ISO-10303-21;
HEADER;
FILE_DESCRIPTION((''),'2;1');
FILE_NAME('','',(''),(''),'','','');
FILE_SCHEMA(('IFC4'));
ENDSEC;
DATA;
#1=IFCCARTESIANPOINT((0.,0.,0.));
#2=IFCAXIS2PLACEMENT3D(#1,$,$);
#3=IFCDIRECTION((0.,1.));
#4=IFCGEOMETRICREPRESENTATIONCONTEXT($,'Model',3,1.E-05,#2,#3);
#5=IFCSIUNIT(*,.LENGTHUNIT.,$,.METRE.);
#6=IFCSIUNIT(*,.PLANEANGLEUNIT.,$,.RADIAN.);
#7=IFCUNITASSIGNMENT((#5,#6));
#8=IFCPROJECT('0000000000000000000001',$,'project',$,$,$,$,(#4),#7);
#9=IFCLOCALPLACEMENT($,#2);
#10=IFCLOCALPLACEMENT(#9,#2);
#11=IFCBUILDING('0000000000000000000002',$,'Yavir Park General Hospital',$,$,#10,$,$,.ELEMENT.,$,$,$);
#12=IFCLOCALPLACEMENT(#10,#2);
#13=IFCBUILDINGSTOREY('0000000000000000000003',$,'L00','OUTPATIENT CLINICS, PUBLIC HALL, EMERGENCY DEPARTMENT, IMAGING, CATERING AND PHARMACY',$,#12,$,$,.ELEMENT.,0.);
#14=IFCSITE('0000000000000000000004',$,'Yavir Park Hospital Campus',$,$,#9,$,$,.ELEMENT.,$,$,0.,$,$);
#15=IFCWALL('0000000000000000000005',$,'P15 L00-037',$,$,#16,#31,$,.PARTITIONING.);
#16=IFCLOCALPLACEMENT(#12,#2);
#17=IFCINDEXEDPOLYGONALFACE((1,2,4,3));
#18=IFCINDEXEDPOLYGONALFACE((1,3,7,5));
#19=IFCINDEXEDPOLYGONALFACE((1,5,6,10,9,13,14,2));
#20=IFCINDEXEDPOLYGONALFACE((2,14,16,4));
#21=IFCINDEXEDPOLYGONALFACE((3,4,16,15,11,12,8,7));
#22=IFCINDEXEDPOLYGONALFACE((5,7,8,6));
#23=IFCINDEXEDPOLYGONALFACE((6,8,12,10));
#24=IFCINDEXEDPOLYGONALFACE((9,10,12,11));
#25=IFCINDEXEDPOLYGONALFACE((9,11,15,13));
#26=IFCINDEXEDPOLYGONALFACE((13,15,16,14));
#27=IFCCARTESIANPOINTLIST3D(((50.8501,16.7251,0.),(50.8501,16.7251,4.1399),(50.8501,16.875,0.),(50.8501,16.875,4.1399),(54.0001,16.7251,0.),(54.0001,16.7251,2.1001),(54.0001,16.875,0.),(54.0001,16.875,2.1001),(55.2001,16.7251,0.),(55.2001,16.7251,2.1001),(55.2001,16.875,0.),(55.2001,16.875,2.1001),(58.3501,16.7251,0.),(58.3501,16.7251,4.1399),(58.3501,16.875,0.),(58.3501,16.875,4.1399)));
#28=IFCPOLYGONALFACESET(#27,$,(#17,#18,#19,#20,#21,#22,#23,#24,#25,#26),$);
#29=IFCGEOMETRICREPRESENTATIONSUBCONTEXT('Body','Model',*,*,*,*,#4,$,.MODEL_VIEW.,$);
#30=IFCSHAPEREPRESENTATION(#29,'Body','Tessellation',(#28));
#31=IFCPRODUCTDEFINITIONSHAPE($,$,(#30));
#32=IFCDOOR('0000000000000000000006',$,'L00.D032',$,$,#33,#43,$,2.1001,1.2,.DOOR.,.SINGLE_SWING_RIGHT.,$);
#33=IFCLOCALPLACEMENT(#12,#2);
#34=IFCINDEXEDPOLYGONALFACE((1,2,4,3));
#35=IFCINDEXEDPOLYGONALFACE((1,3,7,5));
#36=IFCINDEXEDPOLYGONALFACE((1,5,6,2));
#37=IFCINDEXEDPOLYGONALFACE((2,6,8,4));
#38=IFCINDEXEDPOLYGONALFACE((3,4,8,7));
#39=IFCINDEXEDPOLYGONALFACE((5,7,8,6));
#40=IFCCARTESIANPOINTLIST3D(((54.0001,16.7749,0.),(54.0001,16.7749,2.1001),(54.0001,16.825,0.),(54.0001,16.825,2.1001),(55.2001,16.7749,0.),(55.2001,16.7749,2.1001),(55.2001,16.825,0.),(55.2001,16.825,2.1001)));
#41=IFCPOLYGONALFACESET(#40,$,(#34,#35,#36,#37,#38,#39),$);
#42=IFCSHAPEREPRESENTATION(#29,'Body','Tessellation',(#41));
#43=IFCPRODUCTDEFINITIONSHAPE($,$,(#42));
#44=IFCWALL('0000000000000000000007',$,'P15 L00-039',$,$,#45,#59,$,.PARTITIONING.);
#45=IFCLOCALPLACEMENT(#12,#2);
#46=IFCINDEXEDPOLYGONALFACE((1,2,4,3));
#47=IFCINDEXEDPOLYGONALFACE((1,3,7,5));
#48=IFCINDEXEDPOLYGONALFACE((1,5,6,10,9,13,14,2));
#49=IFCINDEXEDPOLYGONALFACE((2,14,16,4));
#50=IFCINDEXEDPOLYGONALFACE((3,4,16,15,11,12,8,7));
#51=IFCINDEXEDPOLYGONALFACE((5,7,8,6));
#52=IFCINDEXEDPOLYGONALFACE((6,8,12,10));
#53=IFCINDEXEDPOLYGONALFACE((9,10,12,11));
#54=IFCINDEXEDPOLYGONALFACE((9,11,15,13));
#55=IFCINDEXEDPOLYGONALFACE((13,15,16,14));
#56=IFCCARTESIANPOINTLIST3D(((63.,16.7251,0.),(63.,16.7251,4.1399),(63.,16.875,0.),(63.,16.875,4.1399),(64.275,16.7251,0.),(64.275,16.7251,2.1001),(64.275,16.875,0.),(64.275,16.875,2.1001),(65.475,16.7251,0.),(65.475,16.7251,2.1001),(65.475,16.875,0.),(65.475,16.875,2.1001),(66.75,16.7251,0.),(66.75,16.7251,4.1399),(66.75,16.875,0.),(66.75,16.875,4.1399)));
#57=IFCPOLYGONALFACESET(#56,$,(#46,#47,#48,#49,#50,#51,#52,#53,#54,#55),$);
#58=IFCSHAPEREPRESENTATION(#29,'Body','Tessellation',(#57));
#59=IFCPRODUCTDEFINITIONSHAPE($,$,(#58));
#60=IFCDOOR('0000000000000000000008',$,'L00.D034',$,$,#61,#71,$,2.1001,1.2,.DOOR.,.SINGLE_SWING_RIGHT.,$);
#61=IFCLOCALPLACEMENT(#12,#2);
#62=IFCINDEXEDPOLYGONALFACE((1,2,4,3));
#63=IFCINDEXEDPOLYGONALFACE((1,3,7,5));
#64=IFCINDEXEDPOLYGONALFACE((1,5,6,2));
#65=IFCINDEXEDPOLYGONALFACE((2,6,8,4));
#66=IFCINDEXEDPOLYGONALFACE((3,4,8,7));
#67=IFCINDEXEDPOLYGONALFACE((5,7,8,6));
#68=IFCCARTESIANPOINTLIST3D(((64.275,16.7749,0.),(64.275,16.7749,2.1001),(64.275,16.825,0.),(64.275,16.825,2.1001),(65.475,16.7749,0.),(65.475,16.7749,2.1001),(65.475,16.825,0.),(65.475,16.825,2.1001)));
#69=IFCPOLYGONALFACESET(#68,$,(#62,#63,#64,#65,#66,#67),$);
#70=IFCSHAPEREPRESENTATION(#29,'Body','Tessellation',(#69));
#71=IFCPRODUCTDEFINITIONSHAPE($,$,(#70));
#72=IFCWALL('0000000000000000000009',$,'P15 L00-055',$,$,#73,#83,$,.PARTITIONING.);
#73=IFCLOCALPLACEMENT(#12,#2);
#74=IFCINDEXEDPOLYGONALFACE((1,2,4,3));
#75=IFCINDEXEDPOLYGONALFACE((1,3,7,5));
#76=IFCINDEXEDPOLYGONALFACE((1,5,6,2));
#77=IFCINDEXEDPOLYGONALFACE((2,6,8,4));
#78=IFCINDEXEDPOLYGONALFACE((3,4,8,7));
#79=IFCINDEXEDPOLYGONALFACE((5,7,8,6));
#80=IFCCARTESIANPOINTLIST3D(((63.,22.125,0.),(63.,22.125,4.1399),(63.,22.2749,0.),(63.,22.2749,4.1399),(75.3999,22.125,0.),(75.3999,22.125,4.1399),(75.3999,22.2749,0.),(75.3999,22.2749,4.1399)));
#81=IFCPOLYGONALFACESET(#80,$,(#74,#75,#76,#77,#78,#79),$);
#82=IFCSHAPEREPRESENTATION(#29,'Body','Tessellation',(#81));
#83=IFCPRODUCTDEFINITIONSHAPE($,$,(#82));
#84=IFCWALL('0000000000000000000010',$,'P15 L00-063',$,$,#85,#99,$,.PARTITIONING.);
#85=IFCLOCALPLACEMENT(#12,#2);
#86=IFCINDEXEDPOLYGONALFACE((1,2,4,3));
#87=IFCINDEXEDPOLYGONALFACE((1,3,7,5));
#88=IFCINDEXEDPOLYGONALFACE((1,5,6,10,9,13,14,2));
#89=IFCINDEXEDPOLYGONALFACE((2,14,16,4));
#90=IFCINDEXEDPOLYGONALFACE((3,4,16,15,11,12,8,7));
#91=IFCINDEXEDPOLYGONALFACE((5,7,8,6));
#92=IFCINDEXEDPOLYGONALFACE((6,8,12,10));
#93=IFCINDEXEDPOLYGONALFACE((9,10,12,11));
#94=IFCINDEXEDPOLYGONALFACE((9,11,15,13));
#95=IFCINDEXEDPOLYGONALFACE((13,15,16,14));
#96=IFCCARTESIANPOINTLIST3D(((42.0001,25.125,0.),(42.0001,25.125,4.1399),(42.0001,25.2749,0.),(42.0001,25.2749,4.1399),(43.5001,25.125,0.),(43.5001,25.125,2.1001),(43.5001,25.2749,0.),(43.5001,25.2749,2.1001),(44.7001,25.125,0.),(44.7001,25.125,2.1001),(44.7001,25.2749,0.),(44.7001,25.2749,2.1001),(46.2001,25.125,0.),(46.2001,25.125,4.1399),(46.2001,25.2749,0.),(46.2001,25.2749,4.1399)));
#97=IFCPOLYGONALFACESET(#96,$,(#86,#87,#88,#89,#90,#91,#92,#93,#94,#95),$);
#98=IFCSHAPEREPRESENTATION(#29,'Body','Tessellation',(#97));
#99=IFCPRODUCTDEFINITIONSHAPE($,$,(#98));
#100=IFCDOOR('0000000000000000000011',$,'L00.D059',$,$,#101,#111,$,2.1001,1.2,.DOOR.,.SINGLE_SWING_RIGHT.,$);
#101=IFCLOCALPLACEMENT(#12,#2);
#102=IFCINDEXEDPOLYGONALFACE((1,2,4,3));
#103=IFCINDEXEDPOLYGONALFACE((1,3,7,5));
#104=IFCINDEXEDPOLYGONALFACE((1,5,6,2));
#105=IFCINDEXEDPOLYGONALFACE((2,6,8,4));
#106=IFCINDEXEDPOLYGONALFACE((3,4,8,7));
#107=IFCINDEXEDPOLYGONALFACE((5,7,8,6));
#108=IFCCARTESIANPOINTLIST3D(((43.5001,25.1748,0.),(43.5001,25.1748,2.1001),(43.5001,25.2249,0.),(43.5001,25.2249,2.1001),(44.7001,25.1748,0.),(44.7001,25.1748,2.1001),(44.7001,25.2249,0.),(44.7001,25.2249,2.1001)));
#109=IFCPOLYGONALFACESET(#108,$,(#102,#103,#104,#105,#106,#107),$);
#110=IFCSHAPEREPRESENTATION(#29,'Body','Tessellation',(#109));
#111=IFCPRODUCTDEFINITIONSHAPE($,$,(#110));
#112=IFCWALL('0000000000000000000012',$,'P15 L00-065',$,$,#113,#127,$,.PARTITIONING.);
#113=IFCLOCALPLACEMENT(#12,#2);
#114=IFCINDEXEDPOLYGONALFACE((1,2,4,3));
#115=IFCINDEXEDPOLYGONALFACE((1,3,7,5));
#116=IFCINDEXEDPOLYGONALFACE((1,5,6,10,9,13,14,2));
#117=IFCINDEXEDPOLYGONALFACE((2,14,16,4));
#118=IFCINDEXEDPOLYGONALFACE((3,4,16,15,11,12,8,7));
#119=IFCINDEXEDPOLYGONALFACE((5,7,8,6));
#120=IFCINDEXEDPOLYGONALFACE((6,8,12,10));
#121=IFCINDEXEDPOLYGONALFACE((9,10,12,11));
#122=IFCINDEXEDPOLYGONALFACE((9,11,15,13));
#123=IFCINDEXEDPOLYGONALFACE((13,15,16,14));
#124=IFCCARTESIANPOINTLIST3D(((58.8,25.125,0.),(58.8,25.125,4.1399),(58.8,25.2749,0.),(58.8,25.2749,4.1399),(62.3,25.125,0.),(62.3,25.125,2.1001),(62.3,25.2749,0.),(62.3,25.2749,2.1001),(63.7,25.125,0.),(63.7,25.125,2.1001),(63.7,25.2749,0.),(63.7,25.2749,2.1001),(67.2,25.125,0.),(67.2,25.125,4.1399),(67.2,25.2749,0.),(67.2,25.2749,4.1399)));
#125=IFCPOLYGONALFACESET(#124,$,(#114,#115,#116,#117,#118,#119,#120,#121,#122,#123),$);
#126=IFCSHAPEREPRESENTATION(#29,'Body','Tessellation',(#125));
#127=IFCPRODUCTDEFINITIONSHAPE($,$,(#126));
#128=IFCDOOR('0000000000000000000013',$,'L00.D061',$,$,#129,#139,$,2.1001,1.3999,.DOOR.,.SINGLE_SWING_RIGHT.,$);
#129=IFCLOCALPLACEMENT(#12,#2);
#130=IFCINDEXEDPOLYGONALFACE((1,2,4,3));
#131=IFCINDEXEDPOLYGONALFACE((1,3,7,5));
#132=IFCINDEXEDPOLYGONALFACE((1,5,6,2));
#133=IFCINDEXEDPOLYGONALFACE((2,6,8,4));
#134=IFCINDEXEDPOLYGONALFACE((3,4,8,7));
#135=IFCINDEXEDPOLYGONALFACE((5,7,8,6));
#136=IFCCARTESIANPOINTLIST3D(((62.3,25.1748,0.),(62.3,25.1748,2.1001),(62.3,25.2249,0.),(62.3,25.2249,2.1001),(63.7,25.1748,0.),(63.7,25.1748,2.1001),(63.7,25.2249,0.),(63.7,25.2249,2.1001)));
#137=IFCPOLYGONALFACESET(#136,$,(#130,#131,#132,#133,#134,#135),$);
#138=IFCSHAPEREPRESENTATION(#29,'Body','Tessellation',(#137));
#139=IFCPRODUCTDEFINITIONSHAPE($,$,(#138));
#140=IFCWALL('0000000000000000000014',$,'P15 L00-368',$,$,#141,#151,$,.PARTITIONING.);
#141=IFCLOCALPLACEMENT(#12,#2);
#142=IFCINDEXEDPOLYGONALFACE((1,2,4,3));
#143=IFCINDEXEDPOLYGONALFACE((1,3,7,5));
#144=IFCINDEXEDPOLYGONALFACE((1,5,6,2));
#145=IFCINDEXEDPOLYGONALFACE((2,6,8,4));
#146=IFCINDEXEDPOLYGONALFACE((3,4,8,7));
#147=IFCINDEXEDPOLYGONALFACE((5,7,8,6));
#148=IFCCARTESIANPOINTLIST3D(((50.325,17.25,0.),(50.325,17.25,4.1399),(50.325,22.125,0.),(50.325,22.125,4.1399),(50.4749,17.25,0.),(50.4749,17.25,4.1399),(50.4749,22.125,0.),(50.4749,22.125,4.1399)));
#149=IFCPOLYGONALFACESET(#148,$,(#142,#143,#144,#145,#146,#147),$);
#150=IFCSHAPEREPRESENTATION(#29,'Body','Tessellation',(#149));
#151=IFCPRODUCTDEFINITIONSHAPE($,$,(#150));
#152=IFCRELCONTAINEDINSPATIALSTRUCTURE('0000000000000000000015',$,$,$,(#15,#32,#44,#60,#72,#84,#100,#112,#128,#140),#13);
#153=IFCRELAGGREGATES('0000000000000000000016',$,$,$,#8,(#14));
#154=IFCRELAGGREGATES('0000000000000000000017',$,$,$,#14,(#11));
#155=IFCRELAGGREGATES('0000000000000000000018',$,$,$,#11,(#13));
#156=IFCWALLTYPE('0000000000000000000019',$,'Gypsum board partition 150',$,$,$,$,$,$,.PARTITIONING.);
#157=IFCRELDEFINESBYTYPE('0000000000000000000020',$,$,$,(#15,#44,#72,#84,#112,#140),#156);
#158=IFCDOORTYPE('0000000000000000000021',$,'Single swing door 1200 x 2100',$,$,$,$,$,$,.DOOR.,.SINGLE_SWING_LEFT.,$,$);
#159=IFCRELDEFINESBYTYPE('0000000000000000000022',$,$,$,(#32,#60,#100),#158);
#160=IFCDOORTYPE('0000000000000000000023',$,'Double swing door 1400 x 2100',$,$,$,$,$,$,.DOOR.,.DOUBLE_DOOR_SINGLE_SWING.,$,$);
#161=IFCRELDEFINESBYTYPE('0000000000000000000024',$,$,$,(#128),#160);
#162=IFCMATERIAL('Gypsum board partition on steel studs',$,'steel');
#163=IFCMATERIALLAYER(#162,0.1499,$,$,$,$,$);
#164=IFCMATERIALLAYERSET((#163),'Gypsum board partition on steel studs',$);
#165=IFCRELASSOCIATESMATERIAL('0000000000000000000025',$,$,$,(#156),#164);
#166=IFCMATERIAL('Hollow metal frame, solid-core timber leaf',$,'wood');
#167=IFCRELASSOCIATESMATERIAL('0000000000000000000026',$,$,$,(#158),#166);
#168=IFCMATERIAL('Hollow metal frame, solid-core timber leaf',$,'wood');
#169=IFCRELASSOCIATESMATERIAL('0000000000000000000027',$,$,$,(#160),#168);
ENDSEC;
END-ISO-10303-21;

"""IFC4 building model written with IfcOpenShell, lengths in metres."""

from ifc_helpers import new_model, si_unit, direction, frame, frame_2d, origin, place, context, subcontext, project, spatial, rectangle, extrude, material, layer, layer_set, type_object, element, fill, save


model = new_model("IFC4")

# Units and contexts
model_context = context("Model", 3, precision=1e-05, world=origin(), true_north=direction((0.0, 1.0)))
body_context = subcontext(model_context, "Body", "Model", "MODEL_VIEW")
ifc_project = project(units=[si_unit("LENGTHUNIT", "METRE"), si_unit("PLANEANGLEUNIT", "RADIAN")], contexts=[model_context])

# Site, building, storey
site_placement = place(None, origin())
site = spatial("IfcSite", under=ifc_project, at=site_placement, Name="Yavir Park Hospital Campus", CompositionType="ELEMENT", RefElevation=0.0)
building_placement = place(site_placement, origin())
building = spatial("IfcBuilding", under=site, at=building_placement, Name="Yavir Park General Hospital", CompositionType="ELEMENT")
storey_placement = place(building_placement, origin())
storey = spatial("IfcBuildingStorey", under=building, at=storey_placement, Name="L00", Description="OUTPATIENT CLINICS, PUBLIC HALL, EMERGENCY DEPARTMENT, IMAGING, CATERING AND PHARMACY", CompositionType="ELEMENT", Elevation=0.0)

# Shared definitions
ifc_material_1 = material(Name="Gypsum board partition on steel studs", Category="steel")
ifc_layer_1 = layer(ifc_material_1, 0.1499)
ifc_layer_set_1 = layer_set([ifc_layer_1], Name="Gypsum board partition on steel studs")
wall_type_1 = type_object("IfcWallType", Name="Gypsum board partition 150", PredefinedType="PARTITIONING", material=ifc_layer_set_1)

# Walls, openings, doors
wall_1_placement = place(storey_placement, frame((50.8501, 16.8, 0.0), z_axis=(0.0, 0.0, 1.0), x_axis=(1.0, 0.0, 0.0)))
wall_1 = element("IfcWall", 1, at=wall_1_placement, inside=storey, type_object=wall_type_1, Name="P15 L00-037", PredefinedType="PARTITIONING", context=body_context, shape_type="SweptSolid", body=[
    extrude(rectangle(XDim=7.5, YDim=0.1499, at=frame_2d((3.75, 0.0))), origin(), (0.0, 0.0, 1.0), 4.1399),
])
opening_1_placement = place(wall_1_placement, frame((3.1499, 0.0, 0.0)))
opening_1 = element("IfcOpeningElement", 2, at=opening_1_placement, cuts=wall_1, PredefinedType="OPENING", context=body_context, shape_type="SweptSolid", body=[
    extrude(rectangle(XDim=1.2, YDim=2.1001, at=frame_2d((0.6001, 1.05))), frame((0.0, 0.085, 0.0), z_axis=(0.0, -1.0, 0.0), x_axis=(1.0, 0.0, 0.0)), (0.0, 0.0, 1.0), 0.1699),
])
ifc_material_2 = material(Name="Hollow metal frame, solid-core timber leaf", Category="wood")
door_type_1 = type_object("IfcDoorType", Name="Single swing door 1200 x 2100", OperationType="SINGLE_SWING_LEFT", PredefinedType="DOOR", material=ifc_material_2)
door_1_placement = place(opening_1_placement, origin())
door_1 = element("IfcDoor", 3, at=door_1_placement, inside=storey, type_object=door_type_1, Name="L00.D032", OperationType="SINGLE_SWING_RIGHT", OverallHeight=2.1001, OverallWidth=1.2, PredefinedType="DOOR", context=body_context, shape_type="SweptSolid", body=[
    extrude(rectangle(XDim=1.2, YDim=2.1001, at=frame_2d((0.6001, 1.05))), frame((0.0, 0.0249, 0.0), z_axis=(0.0, -1.0, 0.0), x_axis=(1.0, 0.0, 0.0)), (0.0, 0.0, 1.0), 0.05),
])
fill(opening_1, door_1)
wall_2_placement = place(storey_placement, frame((63.0, 16.8, 0.0), z_axis=(0.0, 0.0, 1.0), x_axis=(1.0, 0.0, 0.0)))
wall_2 = element("IfcWall", 4, at=wall_2_placement, inside=storey, type_object=wall_type_1, Name="P15 L00-039", PredefinedType="PARTITIONING", context=body_context, shape_type="SweptSolid", body=[
    extrude(rectangle(XDim=3.75, YDim=0.1499, at=frame_2d((1.875, 0.0))), origin(), (0.0, 0.0, 1.0), 4.1399),
])
opening_2_placement = place(wall_2_placement, frame((1.2749, 0.0, 0.0)))
opening_2 = element("IfcOpeningElement", 5, at=opening_2_placement, cuts=wall_2, PredefinedType="OPENING", context=body_context, shape_type="SweptSolid", body=[
    extrude(rectangle(XDim=1.2, YDim=2.1001, at=frame_2d((0.6001, 1.05))), frame((0.0, 0.085, 0.0), z_axis=(0.0, -1.0, 0.0), x_axis=(1.0, 0.0, 0.0)), (0.0, 0.0, 1.0), 0.1699),
])
door_2_placement = place(opening_2_placement, origin())
door_2 = element("IfcDoor", 6, at=door_2_placement, inside=storey, type_object=door_type_1, Name="L00.D034", OperationType="SINGLE_SWING_RIGHT", OverallHeight=2.1001, OverallWidth=1.2, PredefinedType="DOOR", context=body_context, shape_type="SweptSolid", body=[
    extrude(rectangle(XDim=1.2, YDim=2.1001, at=frame_2d((0.6001, 1.05))), frame((0.0, 0.0249, 0.0), z_axis=(0.0, -1.0, 0.0), x_axis=(1.0, 0.0, 0.0)), (0.0, 0.0, 1.0), 0.05),
])
fill(opening_2, door_2)

# Wall
wall_3_placement = place(storey_placement, frame((63.0, 22.2, 0.0), z_axis=(0.0, 0.0, 1.0), x_axis=(1.0, 0.0, 0.0)))
element("IfcWall", 7, at=wall_3_placement, inside=storey, type_object=wall_type_1, Name="P15 L00-055", PredefinedType="PARTITIONING", context=body_context, shape_type="SweptSolid", body=[
    extrude(rectangle(XDim=12.3999, YDim=0.1499, at=frame_2d((6.2, 0.0))), origin(), (0.0, 0.0, 1.0), 4.1399),
])

# Walls, openings, doors
wall_4_placement = place(storey_placement, frame((42.0, 25.2, 0.0), z_axis=(0.0, 0.0, 1.0), x_axis=(1.0, 0.0, 0.0)))
wall_4 = element("IfcWall", 8, at=wall_4_placement, inside=storey, type_object=wall_type_1, Name="P15 L00-063", PredefinedType="PARTITIONING", context=body_context, shape_type="SweptSolid", body=[
    extrude(rectangle(XDim=4.2, YDim=0.1499, at=frame_2d((2.1001, 0.0))), origin(), (0.0, 0.0, 1.0), 4.1399),
])
opening_3_placement = place(wall_4_placement, frame((1.5, 0.0, 0.0)))
opening_3 = element("IfcOpeningElement", 9, at=opening_3_placement, cuts=wall_4, PredefinedType="OPENING", context=body_context, shape_type="SweptSolid", body=[
    extrude(rectangle(XDim=1.2, YDim=2.1001, at=frame_2d((0.6001, 1.05))), frame((0.0, 0.085, 0.0), z_axis=(0.0, -1.0, 0.0), x_axis=(1.0, 0.0, 0.0)), (0.0, 0.0, 1.0), 0.1699),
])
door_3_placement = place(opening_3_placement, origin())
door_3 = element("IfcDoor", 10, at=door_3_placement, inside=storey, type_object=door_type_1, Name="L00.D059", OperationType="SINGLE_SWING_RIGHT", OverallHeight=2.1001, OverallWidth=1.2, PredefinedType="DOOR", context=body_context, shape_type="SweptSolid", body=[
    extrude(rectangle(XDim=1.2, YDim=2.1001, at=frame_2d((0.6001, 1.05))), frame((0.0, 0.0249, 0.0), z_axis=(0.0, -1.0, 0.0), x_axis=(1.0, 0.0, 0.0)), (0.0, 0.0, 1.0), 0.05),
])
fill(opening_3, door_3)
wall_5_placement = place(storey_placement, frame((58.8, 25.2, 0.0), z_axis=(0.0, 0.0, 1.0), x_axis=(1.0, 0.0, 0.0)))
wall_5 = element("IfcWall", 11, at=wall_5_placement, inside=storey, type_object=wall_type_1, Name="P15 L00-065", PredefinedType="PARTITIONING", context=body_context, shape_type="SweptSolid", body=[
    extrude(rectangle(XDim=8.3999, YDim=0.1499, at=frame_2d((4.2, 0.0))), origin(), (0.0, 0.0, 1.0), 4.1399),
])
opening_4_placement = place(wall_5_placement, frame((3.5, 0.0, 0.0)))
opening_4 = element("IfcOpeningElement", 12, at=opening_4_placement, cuts=wall_5, PredefinedType="OPENING", context=body_context, shape_type="SweptSolid", body=[
    extrude(rectangle(XDim=1.3999, YDim=2.1001, at=frame_2d((0.7, 1.05))), frame((0.0, 0.085, 0.0), z_axis=(0.0, -1.0, 0.0), x_axis=(1.0, 0.0, 0.0)), (0.0, 0.0, 1.0), 0.1699),
])
ifc_material_3 = material(Name="Hollow metal frame, solid-core timber leaf", Category="wood")
door_type_2 = type_object("IfcDoorType", Name="Double swing door 1400 x 2100", OperationType="DOUBLE_DOOR_SINGLE_SWING", PredefinedType="DOOR", material=ifc_material_3)
door_4_placement = place(opening_4_placement, origin())
door_4 = element("IfcDoor", 13, at=door_4_placement, inside=storey, type_object=door_type_2, Name="L00.D061", OperationType="SINGLE_SWING_RIGHT", OverallHeight=2.1001, OverallWidth=1.3999, PredefinedType="DOOR", context=body_context, shape_type="SweptSolid", body=[
    extrude(rectangle(XDim=1.3999, YDim=2.1001, at=frame_2d((0.7, 1.05))), frame((0.0, 0.0249, 0.0), z_axis=(0.0, -1.0, 0.0), x_axis=(1.0, 0.0, 0.0)), (0.0, 0.0, 1.0), 0.05),
])
fill(opening_4, door_4)

# Wall
wall_6_placement = place(storey_placement, frame((50.3999, 17.25, 0.0), z_axis=(0.0, 0.0, 1.0), x_axis=(0.0, 1.0, 0.0)))
element("IfcWall", 14, at=wall_6_placement, inside=storey, type_object=wall_type_1, Name="P15 L00-368", PredefinedType="PARTITIONING", context=body_context, shape_type="SweptSolid", body=[
    extrude(rectangle(XDim=4.875, YDim=0.1499, at=frame_2d((2.4375, 0.0))), origin(), (0.0, 0.0, 1.0), 4.1399),
])

save(model, "model.ifc")
